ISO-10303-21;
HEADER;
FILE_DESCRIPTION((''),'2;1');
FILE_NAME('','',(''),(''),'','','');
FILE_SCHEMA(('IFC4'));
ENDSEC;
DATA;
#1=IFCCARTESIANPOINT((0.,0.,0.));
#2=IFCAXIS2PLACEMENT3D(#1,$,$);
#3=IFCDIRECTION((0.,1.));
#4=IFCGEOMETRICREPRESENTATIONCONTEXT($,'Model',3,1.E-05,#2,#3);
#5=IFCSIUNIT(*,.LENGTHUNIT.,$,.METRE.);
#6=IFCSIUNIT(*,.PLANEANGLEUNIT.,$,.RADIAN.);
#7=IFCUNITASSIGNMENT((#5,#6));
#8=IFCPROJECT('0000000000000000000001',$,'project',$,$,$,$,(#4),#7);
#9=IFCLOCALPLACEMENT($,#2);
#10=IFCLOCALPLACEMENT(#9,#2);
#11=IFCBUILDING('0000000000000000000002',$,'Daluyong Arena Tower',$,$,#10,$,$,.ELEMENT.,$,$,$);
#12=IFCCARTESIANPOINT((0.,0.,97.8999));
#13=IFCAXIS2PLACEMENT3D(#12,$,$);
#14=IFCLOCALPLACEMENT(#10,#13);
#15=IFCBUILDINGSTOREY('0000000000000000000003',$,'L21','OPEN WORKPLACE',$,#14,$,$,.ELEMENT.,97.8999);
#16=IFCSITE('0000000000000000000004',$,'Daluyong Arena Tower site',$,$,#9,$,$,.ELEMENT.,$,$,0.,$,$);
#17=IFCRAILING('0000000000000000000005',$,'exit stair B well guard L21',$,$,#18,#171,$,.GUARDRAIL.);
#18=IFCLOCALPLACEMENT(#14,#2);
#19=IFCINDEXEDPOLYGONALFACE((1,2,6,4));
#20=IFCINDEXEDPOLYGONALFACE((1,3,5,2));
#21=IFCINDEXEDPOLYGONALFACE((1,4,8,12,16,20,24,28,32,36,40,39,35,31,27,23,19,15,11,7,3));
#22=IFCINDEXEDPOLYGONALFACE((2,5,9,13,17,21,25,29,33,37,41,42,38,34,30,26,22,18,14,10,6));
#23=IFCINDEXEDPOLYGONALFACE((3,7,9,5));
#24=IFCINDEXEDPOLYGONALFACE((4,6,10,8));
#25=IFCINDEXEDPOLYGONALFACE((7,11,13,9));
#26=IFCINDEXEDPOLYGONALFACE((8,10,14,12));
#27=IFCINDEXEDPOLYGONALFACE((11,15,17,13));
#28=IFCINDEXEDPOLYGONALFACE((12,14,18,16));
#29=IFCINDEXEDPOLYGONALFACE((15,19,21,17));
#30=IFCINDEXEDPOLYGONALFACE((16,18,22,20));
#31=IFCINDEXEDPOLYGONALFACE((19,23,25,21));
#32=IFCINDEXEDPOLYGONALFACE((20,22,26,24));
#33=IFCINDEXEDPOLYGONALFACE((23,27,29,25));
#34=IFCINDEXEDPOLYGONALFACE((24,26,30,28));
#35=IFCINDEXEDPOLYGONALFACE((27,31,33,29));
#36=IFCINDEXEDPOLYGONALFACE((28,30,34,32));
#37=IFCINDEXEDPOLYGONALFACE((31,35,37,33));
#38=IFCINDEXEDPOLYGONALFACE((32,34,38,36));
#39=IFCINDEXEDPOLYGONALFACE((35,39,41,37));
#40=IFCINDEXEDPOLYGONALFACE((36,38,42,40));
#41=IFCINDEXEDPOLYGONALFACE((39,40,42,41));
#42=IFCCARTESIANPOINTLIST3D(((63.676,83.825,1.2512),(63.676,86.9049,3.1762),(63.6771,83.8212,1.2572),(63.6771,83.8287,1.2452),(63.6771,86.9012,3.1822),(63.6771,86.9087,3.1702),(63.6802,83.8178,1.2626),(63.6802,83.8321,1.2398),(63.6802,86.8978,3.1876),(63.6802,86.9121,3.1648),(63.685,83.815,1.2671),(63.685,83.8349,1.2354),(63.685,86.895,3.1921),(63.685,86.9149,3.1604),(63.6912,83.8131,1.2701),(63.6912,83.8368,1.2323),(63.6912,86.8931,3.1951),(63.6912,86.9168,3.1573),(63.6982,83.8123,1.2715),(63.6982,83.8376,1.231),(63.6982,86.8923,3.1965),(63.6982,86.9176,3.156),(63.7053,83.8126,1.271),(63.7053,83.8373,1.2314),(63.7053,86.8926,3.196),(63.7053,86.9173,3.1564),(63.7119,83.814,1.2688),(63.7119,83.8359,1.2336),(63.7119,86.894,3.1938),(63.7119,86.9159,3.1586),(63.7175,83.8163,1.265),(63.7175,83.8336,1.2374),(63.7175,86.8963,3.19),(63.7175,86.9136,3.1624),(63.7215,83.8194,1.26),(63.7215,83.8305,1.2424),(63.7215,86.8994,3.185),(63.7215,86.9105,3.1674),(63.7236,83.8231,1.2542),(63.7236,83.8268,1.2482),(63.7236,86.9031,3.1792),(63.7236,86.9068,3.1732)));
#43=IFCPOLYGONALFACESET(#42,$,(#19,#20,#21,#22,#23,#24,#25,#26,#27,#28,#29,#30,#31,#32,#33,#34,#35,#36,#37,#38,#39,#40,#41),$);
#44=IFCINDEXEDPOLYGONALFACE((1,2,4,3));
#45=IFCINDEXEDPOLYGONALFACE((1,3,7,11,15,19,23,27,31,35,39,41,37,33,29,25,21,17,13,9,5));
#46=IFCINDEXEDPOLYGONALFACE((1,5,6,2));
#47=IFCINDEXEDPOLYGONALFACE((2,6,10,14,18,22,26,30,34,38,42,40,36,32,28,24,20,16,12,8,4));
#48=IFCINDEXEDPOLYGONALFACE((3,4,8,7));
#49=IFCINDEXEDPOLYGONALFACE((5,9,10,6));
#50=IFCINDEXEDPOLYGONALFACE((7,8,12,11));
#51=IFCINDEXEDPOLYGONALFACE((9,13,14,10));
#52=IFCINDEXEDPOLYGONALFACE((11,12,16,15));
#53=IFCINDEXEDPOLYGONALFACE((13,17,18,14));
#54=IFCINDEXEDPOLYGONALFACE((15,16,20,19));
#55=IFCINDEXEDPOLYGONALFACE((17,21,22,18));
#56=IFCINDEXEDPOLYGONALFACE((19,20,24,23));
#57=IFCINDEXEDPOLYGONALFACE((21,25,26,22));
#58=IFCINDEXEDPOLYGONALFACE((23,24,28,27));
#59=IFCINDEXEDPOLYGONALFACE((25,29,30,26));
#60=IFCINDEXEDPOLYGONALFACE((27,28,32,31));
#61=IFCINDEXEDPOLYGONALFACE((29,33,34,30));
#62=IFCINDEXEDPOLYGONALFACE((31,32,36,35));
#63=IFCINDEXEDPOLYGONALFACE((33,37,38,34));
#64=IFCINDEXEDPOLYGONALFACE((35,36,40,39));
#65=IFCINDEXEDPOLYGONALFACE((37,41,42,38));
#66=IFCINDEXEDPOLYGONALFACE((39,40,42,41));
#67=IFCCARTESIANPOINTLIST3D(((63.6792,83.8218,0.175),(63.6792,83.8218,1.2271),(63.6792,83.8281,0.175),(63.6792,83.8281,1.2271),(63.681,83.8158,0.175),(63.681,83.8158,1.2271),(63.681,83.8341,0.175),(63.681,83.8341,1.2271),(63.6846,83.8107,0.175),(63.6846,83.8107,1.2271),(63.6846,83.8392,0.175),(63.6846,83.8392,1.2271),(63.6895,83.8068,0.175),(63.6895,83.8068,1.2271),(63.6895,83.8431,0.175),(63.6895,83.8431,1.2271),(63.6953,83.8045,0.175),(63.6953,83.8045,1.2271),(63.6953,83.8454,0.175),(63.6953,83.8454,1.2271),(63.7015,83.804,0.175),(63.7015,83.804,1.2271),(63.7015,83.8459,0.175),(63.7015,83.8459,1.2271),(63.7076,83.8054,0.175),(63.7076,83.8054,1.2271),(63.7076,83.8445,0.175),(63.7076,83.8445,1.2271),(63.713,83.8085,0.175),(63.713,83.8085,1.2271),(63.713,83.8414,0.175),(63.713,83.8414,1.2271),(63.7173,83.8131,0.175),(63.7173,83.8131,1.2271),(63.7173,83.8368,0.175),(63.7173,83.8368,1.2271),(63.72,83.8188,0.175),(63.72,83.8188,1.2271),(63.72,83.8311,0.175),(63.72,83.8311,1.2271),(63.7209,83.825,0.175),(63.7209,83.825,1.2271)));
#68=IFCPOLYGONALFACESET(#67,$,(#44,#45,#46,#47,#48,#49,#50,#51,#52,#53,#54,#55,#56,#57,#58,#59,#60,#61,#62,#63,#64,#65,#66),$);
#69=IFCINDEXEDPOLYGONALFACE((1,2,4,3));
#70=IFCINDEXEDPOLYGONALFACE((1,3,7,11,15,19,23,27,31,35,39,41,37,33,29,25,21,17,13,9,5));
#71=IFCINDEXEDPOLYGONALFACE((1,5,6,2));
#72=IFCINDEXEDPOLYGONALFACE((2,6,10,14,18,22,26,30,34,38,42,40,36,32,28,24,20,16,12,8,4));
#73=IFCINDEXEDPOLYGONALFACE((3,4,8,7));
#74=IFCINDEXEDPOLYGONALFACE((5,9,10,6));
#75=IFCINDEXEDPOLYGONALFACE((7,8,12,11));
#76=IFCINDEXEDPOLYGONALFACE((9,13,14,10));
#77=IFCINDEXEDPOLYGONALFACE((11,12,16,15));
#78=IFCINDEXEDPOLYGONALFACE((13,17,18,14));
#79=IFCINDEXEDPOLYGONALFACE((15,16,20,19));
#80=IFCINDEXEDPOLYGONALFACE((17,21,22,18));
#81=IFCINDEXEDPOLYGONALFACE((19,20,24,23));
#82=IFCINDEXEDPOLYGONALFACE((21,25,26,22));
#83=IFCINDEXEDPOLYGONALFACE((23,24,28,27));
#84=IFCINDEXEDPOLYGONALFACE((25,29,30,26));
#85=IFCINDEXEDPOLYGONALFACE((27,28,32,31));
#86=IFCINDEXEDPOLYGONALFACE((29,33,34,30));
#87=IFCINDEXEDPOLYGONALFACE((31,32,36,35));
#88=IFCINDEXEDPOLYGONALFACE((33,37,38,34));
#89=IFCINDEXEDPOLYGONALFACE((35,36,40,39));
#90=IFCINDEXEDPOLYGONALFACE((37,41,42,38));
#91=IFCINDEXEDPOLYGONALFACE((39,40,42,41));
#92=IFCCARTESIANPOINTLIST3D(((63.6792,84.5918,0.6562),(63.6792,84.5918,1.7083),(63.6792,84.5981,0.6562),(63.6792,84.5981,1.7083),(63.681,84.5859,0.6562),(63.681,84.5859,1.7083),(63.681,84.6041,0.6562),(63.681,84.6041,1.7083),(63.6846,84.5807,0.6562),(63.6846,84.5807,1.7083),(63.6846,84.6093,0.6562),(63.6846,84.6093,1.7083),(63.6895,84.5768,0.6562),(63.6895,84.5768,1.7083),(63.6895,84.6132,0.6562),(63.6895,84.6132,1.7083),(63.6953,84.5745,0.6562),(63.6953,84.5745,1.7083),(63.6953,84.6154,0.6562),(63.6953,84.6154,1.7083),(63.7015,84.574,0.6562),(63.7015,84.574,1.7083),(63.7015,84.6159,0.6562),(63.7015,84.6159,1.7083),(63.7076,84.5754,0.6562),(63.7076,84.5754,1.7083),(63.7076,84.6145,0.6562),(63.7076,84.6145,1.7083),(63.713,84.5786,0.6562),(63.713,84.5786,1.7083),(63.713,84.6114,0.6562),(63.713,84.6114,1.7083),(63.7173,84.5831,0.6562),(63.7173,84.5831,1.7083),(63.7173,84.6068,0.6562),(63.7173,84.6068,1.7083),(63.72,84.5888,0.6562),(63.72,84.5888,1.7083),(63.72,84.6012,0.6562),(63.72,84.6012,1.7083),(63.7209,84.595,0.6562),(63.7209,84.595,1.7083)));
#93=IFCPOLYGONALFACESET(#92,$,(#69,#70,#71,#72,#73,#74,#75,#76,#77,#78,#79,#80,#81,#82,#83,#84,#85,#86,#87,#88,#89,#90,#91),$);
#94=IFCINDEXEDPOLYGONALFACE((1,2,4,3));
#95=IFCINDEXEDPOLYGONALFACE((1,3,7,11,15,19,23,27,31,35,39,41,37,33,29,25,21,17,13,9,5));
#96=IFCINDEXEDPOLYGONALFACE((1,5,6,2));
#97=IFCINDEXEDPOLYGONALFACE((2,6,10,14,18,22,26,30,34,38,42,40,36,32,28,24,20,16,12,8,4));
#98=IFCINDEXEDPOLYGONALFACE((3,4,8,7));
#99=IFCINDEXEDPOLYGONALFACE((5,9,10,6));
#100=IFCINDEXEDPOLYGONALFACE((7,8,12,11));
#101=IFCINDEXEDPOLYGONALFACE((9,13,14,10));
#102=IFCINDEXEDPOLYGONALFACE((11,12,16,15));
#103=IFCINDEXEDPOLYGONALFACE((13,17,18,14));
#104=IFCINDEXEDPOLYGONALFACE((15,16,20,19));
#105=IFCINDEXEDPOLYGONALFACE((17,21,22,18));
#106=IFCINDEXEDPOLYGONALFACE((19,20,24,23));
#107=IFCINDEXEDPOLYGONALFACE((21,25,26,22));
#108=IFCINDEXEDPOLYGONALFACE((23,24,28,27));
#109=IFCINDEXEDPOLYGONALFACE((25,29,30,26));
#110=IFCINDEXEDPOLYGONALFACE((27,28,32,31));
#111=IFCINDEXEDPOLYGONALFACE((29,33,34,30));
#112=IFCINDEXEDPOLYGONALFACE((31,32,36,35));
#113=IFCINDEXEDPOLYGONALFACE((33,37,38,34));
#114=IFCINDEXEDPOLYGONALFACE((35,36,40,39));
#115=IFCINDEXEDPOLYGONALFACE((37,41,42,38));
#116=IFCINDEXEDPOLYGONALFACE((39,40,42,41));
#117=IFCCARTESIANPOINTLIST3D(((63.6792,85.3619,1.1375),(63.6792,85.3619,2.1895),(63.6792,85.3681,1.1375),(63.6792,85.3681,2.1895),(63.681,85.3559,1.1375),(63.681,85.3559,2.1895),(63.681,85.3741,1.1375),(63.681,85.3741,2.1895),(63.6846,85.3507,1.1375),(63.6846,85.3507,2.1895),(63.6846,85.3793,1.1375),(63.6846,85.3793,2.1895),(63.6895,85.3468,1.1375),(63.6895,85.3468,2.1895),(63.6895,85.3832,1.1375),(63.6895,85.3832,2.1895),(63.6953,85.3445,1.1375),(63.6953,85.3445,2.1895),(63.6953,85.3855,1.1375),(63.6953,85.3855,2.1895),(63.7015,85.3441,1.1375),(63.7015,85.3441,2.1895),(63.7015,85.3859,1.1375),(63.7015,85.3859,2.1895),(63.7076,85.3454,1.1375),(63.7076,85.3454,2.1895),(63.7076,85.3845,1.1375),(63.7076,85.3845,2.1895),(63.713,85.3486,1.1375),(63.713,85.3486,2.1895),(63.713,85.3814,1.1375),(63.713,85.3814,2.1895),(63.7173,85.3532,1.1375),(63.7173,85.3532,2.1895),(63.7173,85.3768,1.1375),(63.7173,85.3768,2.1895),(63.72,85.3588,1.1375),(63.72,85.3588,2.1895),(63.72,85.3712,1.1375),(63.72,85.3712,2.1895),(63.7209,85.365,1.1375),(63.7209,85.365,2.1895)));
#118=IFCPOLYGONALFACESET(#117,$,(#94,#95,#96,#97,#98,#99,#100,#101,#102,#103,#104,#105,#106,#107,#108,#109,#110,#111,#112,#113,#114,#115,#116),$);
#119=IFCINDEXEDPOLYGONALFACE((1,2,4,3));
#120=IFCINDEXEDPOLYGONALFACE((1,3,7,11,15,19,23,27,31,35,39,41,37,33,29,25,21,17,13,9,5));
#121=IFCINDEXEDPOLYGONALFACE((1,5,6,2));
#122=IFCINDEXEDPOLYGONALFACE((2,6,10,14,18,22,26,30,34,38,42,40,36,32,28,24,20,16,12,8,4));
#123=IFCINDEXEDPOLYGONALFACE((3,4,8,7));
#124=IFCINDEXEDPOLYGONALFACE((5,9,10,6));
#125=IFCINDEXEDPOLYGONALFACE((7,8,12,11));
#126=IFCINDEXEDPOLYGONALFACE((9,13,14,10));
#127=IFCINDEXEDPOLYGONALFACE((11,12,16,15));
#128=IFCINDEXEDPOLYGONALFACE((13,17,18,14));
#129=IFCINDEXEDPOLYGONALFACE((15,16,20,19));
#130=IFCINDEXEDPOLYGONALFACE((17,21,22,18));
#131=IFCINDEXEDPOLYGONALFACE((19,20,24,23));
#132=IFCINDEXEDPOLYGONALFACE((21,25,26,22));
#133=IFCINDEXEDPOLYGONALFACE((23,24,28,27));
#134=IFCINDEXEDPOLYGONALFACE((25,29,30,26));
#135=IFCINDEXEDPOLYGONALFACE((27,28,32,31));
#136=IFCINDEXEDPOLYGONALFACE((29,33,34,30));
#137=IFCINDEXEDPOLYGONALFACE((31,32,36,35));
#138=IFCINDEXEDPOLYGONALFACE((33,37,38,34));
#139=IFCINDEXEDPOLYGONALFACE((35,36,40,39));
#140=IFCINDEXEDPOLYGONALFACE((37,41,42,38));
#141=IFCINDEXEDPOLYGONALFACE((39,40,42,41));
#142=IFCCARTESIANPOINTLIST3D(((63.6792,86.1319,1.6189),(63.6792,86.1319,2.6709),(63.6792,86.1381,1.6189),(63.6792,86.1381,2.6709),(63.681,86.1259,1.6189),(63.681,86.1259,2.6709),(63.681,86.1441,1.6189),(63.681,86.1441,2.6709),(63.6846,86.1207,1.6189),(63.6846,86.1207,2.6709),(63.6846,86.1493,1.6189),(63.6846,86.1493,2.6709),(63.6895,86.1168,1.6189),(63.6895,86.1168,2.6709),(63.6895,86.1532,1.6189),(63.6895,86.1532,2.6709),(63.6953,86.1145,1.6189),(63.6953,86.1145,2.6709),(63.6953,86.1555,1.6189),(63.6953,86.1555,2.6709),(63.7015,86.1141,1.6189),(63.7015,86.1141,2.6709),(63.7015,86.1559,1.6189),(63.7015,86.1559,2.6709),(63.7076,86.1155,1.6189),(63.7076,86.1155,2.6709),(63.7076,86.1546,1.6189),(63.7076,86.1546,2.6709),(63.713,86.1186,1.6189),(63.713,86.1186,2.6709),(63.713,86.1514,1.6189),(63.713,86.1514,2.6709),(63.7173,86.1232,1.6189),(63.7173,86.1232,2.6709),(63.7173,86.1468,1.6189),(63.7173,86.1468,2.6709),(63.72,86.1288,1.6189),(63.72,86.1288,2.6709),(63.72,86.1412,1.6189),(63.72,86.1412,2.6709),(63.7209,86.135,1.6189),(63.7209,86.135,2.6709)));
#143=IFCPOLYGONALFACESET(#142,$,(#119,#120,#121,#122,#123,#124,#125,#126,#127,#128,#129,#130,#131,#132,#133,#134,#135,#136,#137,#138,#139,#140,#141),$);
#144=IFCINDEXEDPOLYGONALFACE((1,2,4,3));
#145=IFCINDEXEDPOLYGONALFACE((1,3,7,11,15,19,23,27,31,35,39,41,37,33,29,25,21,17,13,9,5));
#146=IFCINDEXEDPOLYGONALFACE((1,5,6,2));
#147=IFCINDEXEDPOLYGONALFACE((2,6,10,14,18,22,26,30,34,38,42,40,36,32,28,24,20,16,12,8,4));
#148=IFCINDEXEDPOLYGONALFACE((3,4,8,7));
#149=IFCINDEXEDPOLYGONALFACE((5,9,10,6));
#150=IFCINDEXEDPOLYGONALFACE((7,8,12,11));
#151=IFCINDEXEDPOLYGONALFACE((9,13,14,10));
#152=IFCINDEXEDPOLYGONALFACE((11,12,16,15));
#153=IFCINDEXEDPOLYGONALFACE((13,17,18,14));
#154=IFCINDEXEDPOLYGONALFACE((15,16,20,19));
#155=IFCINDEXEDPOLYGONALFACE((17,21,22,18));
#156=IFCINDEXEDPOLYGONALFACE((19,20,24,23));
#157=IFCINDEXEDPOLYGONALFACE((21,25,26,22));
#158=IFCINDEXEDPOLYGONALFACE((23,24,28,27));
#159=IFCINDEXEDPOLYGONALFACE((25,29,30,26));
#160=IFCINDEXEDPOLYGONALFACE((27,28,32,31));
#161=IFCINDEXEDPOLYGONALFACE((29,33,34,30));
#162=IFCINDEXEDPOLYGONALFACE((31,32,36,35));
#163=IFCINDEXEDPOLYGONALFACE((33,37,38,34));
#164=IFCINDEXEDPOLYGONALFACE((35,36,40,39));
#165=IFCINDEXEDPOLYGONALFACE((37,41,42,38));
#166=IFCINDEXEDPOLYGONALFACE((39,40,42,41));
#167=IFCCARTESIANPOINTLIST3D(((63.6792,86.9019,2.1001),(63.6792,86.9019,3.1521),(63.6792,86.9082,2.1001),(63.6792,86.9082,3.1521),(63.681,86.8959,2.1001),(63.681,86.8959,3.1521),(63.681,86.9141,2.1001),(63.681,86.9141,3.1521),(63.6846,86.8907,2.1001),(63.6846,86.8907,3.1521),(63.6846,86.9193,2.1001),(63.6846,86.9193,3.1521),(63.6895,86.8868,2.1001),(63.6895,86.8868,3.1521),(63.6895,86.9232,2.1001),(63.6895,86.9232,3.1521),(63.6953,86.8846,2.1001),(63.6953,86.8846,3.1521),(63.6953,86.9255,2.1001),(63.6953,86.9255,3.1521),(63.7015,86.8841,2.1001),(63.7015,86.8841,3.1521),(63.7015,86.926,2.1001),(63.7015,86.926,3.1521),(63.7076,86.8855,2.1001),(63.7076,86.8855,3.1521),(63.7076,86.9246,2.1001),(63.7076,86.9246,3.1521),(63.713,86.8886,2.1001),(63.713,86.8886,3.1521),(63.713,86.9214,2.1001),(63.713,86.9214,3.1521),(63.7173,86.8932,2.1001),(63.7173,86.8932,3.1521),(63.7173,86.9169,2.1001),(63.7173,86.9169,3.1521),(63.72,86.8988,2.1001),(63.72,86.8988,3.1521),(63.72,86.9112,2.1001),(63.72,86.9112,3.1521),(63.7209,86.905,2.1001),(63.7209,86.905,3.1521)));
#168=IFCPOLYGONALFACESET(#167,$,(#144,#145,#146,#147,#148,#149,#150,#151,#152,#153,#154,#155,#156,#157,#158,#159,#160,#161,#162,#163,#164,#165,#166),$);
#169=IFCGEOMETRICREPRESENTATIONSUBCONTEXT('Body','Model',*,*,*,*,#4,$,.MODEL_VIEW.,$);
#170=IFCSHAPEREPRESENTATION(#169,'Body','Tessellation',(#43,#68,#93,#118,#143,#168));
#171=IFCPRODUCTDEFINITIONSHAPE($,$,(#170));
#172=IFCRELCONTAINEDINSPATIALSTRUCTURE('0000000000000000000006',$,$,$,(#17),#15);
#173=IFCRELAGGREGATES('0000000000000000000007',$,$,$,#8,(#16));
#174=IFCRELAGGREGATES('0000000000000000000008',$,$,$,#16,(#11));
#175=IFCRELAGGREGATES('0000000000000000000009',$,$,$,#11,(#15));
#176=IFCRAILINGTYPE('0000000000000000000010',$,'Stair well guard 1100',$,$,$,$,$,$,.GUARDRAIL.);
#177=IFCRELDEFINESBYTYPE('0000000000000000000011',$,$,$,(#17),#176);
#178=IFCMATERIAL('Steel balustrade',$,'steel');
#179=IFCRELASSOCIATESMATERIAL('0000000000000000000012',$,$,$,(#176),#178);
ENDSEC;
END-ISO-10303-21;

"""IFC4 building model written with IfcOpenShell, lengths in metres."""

from ifc_helpers import new_model, si_unit, direction, frame, origin, origin_2d, place, context, subcontext, project, spatial, circle, extrude, material, type_object, element, save


model = new_model("IFC4")

# Units and contexts
model_context = context("Model", 3, precision=1e-05, world=origin(), true_north=direction((0.0, 1.0)))
body_context = subcontext(model_context, "Body", "Model", "MODEL_VIEW")
ifc_project = project(units=[si_unit("LENGTHUNIT", "METRE"), si_unit("PLANEANGLEUNIT", "RADIAN")], contexts=[model_context])

# Site, building, storey
site_placement = place(None, origin())
site = spatial("IfcSite", under=ifc_project, at=site_placement, Name="Daluyong Arena Tower site", CompositionType="ELEMENT", RefElevation=0.0)
building_placement = place(site_placement, origin())
building = spatial("IfcBuilding", under=site, at=building_placement, Name="Daluyong Arena Tower", CompositionType="ELEMENT")
storey_placement = place(building_placement, frame((0.0, 0.0, 97.8999)))
storey = spatial("IfcBuildingStorey", under=building, at=storey_placement, Name="L21", Description="OPEN WORKPLACE", CompositionType="ELEMENT", Elevation=97.8999)

# Railing
ifc_material_1 = material(Name="Steel balustrade", Category="steel")
railing_type_1 = type_object("IfcRailingType", Name="Stair well guard 1100", PredefinedType="GUARDRAIL", material=ifc_material_1)
railing_1_placement = place(storey_placement, frame((63.7, 83.825, 0.175)))
element("IfcRailing", 1, at=railing_1_placement, inside=storey, type_object=railing_type_1, Name="exit stair B well guard L21", PredefinedType="GUARDRAIL", context=body_context, shape_type="SweptSolid", body=[
    extrude(circle(Radius=0.0239, at=origin_2d()), frame((0.0, 0.0, 1.0762), z_axis=(0.0, 0.847998, 0.529999), x_axis=(-1.0, 0.0, 0.0)), (0.0, 0.0, 1.0), 3.6321),
    extrude(circle(Radius=0.021, at=origin_2d()), origin(), (0.0, 0.0, 1.0), 1.052),
    extrude(circle(Radius=0.021, at=origin_2d()), frame((0.0, 0.77, 0.4812)), (0.0, 0.0, 1.0), 1.052),
    extrude(circle(Radius=0.021, at=origin_2d()), frame((0.0, 1.54, 0.9624)), (0.0, 0.0, 1.0), 1.052),
    extrude(circle(Radius=0.021, at=origin_2d()), frame((0.0, 2.3101, 1.4438)), (0.0, 0.0, 1.0), 1.052),
    extrude(circle(Radius=0.021, at=origin_2d()), frame((0.0, 3.0801, 1.925)), (0.0, 0.0, 1.0), 1.052),
])

save(model, "model.ifc")
